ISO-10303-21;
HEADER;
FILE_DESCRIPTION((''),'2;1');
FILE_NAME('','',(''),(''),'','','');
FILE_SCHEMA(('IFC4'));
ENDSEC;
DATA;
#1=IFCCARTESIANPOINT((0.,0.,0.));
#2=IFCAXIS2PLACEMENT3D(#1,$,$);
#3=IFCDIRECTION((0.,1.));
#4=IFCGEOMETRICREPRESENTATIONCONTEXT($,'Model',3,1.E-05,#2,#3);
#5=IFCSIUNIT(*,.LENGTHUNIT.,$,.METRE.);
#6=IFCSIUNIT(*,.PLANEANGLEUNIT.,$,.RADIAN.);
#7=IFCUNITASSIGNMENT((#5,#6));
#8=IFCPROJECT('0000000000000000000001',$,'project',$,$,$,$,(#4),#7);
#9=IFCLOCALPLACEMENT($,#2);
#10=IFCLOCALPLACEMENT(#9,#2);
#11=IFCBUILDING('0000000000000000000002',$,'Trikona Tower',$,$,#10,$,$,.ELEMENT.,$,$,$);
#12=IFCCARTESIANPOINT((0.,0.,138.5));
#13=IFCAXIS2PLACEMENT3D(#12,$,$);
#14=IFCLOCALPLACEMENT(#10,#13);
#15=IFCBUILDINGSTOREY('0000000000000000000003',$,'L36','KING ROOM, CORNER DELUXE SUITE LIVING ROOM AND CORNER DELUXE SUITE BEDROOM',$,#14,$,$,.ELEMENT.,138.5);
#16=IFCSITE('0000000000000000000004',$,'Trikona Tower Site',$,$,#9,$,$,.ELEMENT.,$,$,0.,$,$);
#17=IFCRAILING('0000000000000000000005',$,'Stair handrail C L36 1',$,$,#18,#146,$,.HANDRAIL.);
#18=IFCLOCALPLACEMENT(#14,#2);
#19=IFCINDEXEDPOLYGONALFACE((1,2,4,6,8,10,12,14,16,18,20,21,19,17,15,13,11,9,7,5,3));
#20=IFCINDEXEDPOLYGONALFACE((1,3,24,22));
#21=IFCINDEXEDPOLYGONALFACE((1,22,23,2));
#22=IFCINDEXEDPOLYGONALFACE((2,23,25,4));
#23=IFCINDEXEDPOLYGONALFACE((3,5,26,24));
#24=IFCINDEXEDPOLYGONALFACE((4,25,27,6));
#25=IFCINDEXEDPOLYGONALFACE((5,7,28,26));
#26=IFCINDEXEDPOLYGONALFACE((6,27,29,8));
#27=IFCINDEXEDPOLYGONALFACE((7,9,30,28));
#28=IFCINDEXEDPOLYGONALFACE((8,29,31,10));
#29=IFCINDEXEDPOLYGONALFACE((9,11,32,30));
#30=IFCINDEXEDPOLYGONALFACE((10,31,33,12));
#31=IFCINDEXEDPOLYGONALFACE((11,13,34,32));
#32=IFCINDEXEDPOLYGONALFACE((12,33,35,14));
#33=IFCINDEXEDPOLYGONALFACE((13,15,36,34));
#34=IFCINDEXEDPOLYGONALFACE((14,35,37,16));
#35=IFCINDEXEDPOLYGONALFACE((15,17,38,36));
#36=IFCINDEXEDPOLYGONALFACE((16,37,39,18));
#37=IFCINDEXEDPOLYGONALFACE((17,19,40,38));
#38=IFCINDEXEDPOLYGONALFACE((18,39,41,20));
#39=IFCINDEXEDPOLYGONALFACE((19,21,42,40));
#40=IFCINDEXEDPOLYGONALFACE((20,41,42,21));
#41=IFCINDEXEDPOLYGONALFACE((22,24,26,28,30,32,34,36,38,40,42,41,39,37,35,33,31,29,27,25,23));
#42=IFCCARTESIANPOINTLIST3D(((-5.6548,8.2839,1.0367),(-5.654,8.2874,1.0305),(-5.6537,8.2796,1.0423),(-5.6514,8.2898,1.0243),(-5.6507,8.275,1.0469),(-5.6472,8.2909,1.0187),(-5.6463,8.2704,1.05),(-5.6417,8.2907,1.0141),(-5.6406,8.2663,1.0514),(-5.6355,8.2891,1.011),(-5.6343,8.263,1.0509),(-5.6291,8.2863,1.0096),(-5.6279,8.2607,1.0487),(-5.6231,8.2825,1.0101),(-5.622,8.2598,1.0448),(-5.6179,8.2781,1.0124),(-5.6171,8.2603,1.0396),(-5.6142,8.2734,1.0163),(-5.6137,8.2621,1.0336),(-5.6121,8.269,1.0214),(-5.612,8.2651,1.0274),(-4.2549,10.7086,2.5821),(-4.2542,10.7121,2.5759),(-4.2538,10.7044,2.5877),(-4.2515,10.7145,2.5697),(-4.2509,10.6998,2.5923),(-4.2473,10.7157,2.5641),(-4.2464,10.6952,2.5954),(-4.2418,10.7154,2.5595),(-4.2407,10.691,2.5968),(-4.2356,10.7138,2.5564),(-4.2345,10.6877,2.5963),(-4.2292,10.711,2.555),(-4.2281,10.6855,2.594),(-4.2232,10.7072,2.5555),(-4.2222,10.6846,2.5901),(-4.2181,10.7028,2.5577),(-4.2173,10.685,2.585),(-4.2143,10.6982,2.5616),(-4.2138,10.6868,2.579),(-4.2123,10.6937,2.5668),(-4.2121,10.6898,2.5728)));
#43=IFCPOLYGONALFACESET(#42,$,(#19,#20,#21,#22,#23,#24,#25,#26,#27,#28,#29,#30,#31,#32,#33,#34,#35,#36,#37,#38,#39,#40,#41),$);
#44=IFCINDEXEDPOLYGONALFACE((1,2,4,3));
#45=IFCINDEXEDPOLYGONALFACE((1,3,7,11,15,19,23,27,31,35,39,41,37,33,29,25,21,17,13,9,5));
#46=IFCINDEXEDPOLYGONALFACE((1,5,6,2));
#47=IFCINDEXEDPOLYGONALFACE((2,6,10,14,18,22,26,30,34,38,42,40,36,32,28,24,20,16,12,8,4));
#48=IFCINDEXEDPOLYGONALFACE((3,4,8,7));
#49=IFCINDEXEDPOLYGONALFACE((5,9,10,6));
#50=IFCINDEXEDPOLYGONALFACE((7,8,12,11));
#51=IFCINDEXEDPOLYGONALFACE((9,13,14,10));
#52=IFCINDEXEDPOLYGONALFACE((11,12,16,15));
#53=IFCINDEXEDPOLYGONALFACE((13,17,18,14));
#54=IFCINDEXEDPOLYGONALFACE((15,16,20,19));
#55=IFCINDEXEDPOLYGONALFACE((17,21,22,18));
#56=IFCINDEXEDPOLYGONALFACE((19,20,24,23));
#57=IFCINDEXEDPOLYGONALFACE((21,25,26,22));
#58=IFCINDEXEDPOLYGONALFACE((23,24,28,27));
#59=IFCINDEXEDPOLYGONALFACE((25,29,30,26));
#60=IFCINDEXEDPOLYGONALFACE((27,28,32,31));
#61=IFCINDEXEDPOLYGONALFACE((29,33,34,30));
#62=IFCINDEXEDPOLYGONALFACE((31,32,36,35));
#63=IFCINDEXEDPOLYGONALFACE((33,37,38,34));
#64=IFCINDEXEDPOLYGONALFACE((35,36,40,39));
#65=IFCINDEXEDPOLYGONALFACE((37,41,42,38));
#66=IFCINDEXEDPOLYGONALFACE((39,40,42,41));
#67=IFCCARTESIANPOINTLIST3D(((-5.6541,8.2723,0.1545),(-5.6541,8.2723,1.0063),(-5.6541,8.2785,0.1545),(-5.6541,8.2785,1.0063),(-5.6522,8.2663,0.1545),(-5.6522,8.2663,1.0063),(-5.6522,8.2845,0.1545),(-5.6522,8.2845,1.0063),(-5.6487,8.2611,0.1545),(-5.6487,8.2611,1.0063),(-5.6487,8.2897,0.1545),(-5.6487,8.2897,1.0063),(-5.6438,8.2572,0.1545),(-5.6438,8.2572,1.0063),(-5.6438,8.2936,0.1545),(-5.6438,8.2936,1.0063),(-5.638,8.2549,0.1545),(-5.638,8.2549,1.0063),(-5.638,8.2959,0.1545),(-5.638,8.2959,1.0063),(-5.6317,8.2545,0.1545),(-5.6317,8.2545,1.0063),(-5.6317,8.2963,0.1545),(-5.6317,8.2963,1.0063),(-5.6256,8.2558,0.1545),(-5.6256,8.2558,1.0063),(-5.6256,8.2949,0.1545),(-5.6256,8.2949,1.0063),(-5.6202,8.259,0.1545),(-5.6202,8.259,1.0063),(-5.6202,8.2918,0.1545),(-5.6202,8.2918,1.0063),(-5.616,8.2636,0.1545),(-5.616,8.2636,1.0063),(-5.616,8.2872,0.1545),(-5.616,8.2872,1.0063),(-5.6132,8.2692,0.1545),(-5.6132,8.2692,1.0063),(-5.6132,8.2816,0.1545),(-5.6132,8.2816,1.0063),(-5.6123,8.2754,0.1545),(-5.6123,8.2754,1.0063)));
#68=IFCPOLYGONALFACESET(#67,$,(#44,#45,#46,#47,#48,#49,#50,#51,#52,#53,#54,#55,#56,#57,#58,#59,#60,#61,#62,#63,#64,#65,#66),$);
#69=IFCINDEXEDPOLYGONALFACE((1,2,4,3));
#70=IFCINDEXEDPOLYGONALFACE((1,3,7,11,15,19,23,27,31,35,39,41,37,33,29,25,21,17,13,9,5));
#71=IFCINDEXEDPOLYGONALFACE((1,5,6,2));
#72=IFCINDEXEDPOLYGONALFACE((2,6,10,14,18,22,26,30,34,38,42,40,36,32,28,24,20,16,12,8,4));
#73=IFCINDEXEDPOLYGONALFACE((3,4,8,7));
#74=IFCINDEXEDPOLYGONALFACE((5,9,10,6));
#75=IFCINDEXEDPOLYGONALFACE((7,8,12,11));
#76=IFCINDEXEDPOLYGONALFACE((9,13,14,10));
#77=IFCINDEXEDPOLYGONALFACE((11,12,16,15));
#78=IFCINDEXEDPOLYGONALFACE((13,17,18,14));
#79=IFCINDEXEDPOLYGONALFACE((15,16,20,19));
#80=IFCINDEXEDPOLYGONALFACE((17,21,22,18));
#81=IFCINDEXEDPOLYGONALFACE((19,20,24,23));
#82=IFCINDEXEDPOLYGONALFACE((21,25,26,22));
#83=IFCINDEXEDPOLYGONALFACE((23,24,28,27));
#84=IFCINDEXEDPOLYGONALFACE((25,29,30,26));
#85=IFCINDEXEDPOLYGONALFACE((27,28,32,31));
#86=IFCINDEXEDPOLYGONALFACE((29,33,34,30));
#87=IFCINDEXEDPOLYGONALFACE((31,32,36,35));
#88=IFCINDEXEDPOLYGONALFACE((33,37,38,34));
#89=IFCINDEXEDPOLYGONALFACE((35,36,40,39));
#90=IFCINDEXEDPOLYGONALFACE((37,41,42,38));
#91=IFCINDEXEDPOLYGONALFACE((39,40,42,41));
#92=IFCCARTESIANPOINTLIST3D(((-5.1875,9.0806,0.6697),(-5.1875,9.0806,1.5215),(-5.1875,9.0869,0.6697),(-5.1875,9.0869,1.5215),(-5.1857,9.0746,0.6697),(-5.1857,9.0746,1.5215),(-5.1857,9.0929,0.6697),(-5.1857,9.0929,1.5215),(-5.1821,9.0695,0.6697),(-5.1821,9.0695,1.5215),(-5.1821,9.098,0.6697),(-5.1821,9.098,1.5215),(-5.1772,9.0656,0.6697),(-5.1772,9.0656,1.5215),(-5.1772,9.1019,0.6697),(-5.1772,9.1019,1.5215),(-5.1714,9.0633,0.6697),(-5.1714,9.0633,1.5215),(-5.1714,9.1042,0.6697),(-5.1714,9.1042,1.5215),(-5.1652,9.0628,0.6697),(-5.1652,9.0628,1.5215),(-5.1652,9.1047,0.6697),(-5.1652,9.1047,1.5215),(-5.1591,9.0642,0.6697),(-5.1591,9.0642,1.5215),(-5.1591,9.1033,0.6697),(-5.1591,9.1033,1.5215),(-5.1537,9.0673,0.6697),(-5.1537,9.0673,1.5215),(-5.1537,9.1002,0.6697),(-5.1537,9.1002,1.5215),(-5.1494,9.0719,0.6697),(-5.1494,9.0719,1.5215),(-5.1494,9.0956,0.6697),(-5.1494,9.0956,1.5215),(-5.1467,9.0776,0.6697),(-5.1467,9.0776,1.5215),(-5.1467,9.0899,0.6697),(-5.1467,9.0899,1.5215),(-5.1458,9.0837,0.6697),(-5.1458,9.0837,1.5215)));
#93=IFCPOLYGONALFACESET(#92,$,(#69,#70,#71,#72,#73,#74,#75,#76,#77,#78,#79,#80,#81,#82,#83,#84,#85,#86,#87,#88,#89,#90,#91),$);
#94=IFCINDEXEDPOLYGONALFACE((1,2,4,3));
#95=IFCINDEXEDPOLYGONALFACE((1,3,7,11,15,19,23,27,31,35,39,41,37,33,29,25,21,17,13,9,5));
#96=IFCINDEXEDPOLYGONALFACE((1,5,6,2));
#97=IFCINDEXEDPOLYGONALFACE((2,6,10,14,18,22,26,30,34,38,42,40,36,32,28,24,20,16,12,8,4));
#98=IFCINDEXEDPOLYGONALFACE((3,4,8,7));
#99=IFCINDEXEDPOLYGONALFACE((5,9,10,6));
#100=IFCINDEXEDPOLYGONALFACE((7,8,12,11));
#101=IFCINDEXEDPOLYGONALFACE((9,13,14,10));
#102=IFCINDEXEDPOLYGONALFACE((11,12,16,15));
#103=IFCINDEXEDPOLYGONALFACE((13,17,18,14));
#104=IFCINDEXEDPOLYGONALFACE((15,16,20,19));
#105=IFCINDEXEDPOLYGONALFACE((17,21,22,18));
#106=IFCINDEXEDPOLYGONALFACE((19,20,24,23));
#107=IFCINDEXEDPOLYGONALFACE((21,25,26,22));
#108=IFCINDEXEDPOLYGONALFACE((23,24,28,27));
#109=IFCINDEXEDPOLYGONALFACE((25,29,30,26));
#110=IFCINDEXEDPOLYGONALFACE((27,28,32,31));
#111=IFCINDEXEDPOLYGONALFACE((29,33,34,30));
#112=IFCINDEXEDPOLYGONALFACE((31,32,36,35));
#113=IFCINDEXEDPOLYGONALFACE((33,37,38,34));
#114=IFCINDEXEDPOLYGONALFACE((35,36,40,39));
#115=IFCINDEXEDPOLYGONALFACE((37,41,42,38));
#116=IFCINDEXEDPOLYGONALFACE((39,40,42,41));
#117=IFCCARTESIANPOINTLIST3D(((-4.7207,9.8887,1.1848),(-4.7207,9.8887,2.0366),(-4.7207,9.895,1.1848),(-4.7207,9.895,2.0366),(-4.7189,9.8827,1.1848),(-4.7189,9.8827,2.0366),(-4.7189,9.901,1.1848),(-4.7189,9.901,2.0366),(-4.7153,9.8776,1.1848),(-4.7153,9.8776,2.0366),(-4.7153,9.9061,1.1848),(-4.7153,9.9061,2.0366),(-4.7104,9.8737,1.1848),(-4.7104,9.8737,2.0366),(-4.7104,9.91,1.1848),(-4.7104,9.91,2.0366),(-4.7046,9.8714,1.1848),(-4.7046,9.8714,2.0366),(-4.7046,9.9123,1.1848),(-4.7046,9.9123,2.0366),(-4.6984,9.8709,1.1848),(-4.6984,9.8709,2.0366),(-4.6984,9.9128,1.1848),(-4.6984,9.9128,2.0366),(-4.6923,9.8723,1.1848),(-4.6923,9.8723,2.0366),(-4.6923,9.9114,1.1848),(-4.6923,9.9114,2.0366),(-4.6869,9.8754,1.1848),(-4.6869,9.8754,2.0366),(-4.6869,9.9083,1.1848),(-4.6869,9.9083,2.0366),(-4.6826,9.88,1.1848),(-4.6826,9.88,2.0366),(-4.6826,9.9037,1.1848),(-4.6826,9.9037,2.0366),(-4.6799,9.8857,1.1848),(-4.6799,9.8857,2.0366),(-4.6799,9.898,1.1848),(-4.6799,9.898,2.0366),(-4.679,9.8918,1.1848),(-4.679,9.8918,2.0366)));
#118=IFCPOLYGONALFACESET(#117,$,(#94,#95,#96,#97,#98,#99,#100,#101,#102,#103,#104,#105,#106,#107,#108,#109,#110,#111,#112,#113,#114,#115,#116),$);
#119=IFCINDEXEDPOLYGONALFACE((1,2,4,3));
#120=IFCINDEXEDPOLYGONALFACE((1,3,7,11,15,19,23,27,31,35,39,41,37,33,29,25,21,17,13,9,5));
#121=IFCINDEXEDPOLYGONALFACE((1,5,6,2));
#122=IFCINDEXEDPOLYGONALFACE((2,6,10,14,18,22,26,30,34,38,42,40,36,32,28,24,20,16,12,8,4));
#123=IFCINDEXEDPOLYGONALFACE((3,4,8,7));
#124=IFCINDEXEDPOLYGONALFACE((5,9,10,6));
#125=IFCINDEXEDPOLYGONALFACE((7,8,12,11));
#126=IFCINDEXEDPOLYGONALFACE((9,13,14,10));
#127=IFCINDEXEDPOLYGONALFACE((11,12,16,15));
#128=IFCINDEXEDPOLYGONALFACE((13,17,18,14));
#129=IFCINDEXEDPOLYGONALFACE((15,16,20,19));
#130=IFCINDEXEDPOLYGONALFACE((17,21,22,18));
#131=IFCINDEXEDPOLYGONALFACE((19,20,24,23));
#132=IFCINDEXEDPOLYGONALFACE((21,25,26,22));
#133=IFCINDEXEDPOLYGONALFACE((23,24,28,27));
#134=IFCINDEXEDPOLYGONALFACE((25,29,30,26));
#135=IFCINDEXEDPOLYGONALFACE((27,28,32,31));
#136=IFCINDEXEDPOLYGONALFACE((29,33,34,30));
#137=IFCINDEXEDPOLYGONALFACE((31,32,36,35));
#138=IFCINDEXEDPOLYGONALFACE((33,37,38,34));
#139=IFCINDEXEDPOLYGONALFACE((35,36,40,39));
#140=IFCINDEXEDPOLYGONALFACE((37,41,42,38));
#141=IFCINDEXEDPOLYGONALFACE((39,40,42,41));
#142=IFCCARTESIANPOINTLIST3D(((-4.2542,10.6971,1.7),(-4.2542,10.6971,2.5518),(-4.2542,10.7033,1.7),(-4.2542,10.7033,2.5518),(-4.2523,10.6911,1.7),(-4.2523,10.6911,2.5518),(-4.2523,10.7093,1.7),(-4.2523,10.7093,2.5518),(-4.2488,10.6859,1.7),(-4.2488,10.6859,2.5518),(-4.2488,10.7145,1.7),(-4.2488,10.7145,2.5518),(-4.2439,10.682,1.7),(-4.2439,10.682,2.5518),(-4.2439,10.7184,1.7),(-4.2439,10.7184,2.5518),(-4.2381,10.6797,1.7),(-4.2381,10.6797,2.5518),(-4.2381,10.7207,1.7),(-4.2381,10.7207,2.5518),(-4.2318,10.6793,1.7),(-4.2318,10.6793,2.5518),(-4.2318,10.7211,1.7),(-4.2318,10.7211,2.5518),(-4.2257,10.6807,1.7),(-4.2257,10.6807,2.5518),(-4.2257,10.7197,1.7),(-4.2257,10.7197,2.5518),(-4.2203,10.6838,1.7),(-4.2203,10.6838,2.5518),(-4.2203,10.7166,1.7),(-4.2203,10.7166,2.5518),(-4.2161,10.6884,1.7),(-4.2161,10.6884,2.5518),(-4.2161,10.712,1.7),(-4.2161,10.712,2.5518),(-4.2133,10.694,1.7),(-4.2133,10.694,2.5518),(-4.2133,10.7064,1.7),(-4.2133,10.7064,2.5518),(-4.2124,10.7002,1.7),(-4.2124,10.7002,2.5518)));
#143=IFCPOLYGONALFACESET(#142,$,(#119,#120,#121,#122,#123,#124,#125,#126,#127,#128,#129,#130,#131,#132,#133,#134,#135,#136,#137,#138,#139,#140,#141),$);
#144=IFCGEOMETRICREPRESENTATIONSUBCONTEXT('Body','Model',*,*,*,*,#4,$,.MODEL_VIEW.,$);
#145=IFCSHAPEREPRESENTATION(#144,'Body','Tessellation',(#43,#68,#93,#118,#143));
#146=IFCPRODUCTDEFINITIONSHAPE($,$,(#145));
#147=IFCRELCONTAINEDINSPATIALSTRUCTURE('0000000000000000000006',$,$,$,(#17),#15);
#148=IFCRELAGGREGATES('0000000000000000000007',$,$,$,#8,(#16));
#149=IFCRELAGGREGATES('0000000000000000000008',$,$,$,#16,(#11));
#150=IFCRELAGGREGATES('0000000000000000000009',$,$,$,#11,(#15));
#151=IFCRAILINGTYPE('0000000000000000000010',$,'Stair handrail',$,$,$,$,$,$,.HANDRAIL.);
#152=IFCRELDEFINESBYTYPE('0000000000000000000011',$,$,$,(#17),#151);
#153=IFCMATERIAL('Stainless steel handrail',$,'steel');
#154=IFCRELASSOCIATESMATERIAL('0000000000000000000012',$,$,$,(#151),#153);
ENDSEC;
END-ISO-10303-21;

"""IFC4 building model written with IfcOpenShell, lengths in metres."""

from ifc_helpers import new_model, si_unit, direction, frame, origin, origin_2d, place, context, subcontext, project, spatial, circle, extrude, material, type_object, element, save


model = new_model("IFC4")

# Units and contexts
model_context = context("Model", 3, precision=1e-05, world=origin(), true_north=direction((0.0, 1.0)))
body_context = subcontext(model_context, "Body", "Model", "MODEL_VIEW")
ifc_project = project(units=[si_unit("LENGTHUNIT", "METRE"), si_unit("PLANEANGLEUNIT", "RADIAN")], contexts=[model_context])

# Site, building, storey
site_placement = place(None, origin())
site = spatial("IfcSite", under=ifc_project, at=site_placement, Name="Trikona Tower Site", CompositionType="ELEMENT", RefElevation=0.0)
building_placement = place(site_placement, origin())
building = spatial("IfcBuilding", under=site, at=building_placement, Name="Trikona Tower", CompositionType="ELEMENT")
storey_placement = place(building_placement, frame((0.0, 0.0, 138.5)))
storey = spatial("IfcBuildingStorey", under=building, at=storey_placement, Name="L36", Description="KING ROOM, CORNER DELUXE SUITE LIVING ROOM AND CORNER DELUXE SUITE BEDROOM", CompositionType="ELEMENT", Elevation=138.5)

# Railing
ifc_material_1 = material(Name="Stainless steel handrail", Category="steel")
railing_type = type_object("IfcRailingType", Name="Stair handrail", PredefinedType="HANDRAIL", material=ifc_material_1)
railing_1_placement = place(storey_placement, frame((-5.6333, 8.2754, 0.1545)))
element("IfcRailing", 1, at=railing_1_placement, inside=storey, type_object=railing_type, Name="Stair handrail C L36 1", PredefinedType="HANDRAIL", context=body_context, shape_type="SweptSolid", body=[
    extrude(circle(Radius=0.0239, at=origin_2d()), frame((0.0, 0.0, 0.876), z_axis=(0.437733, 0.758207, 0.483231), x_axis=(-0.866035, 0.499984, 0.0)), (0.0, 0.0, 1.0), 3.198),
    extrude(circle(Radius=0.021, at=origin_2d()), origin(), (0.0, 0.0, 1.0), 0.8518),
    extrude(circle(Radius=0.021, at=origin_2d()), frame((0.4666, 0.8083, 0.5151)), (0.0, 0.0, 1.0), 0.8518),
    extrude(circle(Radius=0.021, at=origin_2d()), frame((0.9333, 1.6165, 1.0303)), (0.0, 0.0, 1.0), 0.8518),
    extrude(circle(Radius=0.021, at=origin_2d()), frame((1.3999, 2.4248, 1.5454)), (0.0, 0.0, 1.0), 0.8518),
])

save(model, "model.ifc")
